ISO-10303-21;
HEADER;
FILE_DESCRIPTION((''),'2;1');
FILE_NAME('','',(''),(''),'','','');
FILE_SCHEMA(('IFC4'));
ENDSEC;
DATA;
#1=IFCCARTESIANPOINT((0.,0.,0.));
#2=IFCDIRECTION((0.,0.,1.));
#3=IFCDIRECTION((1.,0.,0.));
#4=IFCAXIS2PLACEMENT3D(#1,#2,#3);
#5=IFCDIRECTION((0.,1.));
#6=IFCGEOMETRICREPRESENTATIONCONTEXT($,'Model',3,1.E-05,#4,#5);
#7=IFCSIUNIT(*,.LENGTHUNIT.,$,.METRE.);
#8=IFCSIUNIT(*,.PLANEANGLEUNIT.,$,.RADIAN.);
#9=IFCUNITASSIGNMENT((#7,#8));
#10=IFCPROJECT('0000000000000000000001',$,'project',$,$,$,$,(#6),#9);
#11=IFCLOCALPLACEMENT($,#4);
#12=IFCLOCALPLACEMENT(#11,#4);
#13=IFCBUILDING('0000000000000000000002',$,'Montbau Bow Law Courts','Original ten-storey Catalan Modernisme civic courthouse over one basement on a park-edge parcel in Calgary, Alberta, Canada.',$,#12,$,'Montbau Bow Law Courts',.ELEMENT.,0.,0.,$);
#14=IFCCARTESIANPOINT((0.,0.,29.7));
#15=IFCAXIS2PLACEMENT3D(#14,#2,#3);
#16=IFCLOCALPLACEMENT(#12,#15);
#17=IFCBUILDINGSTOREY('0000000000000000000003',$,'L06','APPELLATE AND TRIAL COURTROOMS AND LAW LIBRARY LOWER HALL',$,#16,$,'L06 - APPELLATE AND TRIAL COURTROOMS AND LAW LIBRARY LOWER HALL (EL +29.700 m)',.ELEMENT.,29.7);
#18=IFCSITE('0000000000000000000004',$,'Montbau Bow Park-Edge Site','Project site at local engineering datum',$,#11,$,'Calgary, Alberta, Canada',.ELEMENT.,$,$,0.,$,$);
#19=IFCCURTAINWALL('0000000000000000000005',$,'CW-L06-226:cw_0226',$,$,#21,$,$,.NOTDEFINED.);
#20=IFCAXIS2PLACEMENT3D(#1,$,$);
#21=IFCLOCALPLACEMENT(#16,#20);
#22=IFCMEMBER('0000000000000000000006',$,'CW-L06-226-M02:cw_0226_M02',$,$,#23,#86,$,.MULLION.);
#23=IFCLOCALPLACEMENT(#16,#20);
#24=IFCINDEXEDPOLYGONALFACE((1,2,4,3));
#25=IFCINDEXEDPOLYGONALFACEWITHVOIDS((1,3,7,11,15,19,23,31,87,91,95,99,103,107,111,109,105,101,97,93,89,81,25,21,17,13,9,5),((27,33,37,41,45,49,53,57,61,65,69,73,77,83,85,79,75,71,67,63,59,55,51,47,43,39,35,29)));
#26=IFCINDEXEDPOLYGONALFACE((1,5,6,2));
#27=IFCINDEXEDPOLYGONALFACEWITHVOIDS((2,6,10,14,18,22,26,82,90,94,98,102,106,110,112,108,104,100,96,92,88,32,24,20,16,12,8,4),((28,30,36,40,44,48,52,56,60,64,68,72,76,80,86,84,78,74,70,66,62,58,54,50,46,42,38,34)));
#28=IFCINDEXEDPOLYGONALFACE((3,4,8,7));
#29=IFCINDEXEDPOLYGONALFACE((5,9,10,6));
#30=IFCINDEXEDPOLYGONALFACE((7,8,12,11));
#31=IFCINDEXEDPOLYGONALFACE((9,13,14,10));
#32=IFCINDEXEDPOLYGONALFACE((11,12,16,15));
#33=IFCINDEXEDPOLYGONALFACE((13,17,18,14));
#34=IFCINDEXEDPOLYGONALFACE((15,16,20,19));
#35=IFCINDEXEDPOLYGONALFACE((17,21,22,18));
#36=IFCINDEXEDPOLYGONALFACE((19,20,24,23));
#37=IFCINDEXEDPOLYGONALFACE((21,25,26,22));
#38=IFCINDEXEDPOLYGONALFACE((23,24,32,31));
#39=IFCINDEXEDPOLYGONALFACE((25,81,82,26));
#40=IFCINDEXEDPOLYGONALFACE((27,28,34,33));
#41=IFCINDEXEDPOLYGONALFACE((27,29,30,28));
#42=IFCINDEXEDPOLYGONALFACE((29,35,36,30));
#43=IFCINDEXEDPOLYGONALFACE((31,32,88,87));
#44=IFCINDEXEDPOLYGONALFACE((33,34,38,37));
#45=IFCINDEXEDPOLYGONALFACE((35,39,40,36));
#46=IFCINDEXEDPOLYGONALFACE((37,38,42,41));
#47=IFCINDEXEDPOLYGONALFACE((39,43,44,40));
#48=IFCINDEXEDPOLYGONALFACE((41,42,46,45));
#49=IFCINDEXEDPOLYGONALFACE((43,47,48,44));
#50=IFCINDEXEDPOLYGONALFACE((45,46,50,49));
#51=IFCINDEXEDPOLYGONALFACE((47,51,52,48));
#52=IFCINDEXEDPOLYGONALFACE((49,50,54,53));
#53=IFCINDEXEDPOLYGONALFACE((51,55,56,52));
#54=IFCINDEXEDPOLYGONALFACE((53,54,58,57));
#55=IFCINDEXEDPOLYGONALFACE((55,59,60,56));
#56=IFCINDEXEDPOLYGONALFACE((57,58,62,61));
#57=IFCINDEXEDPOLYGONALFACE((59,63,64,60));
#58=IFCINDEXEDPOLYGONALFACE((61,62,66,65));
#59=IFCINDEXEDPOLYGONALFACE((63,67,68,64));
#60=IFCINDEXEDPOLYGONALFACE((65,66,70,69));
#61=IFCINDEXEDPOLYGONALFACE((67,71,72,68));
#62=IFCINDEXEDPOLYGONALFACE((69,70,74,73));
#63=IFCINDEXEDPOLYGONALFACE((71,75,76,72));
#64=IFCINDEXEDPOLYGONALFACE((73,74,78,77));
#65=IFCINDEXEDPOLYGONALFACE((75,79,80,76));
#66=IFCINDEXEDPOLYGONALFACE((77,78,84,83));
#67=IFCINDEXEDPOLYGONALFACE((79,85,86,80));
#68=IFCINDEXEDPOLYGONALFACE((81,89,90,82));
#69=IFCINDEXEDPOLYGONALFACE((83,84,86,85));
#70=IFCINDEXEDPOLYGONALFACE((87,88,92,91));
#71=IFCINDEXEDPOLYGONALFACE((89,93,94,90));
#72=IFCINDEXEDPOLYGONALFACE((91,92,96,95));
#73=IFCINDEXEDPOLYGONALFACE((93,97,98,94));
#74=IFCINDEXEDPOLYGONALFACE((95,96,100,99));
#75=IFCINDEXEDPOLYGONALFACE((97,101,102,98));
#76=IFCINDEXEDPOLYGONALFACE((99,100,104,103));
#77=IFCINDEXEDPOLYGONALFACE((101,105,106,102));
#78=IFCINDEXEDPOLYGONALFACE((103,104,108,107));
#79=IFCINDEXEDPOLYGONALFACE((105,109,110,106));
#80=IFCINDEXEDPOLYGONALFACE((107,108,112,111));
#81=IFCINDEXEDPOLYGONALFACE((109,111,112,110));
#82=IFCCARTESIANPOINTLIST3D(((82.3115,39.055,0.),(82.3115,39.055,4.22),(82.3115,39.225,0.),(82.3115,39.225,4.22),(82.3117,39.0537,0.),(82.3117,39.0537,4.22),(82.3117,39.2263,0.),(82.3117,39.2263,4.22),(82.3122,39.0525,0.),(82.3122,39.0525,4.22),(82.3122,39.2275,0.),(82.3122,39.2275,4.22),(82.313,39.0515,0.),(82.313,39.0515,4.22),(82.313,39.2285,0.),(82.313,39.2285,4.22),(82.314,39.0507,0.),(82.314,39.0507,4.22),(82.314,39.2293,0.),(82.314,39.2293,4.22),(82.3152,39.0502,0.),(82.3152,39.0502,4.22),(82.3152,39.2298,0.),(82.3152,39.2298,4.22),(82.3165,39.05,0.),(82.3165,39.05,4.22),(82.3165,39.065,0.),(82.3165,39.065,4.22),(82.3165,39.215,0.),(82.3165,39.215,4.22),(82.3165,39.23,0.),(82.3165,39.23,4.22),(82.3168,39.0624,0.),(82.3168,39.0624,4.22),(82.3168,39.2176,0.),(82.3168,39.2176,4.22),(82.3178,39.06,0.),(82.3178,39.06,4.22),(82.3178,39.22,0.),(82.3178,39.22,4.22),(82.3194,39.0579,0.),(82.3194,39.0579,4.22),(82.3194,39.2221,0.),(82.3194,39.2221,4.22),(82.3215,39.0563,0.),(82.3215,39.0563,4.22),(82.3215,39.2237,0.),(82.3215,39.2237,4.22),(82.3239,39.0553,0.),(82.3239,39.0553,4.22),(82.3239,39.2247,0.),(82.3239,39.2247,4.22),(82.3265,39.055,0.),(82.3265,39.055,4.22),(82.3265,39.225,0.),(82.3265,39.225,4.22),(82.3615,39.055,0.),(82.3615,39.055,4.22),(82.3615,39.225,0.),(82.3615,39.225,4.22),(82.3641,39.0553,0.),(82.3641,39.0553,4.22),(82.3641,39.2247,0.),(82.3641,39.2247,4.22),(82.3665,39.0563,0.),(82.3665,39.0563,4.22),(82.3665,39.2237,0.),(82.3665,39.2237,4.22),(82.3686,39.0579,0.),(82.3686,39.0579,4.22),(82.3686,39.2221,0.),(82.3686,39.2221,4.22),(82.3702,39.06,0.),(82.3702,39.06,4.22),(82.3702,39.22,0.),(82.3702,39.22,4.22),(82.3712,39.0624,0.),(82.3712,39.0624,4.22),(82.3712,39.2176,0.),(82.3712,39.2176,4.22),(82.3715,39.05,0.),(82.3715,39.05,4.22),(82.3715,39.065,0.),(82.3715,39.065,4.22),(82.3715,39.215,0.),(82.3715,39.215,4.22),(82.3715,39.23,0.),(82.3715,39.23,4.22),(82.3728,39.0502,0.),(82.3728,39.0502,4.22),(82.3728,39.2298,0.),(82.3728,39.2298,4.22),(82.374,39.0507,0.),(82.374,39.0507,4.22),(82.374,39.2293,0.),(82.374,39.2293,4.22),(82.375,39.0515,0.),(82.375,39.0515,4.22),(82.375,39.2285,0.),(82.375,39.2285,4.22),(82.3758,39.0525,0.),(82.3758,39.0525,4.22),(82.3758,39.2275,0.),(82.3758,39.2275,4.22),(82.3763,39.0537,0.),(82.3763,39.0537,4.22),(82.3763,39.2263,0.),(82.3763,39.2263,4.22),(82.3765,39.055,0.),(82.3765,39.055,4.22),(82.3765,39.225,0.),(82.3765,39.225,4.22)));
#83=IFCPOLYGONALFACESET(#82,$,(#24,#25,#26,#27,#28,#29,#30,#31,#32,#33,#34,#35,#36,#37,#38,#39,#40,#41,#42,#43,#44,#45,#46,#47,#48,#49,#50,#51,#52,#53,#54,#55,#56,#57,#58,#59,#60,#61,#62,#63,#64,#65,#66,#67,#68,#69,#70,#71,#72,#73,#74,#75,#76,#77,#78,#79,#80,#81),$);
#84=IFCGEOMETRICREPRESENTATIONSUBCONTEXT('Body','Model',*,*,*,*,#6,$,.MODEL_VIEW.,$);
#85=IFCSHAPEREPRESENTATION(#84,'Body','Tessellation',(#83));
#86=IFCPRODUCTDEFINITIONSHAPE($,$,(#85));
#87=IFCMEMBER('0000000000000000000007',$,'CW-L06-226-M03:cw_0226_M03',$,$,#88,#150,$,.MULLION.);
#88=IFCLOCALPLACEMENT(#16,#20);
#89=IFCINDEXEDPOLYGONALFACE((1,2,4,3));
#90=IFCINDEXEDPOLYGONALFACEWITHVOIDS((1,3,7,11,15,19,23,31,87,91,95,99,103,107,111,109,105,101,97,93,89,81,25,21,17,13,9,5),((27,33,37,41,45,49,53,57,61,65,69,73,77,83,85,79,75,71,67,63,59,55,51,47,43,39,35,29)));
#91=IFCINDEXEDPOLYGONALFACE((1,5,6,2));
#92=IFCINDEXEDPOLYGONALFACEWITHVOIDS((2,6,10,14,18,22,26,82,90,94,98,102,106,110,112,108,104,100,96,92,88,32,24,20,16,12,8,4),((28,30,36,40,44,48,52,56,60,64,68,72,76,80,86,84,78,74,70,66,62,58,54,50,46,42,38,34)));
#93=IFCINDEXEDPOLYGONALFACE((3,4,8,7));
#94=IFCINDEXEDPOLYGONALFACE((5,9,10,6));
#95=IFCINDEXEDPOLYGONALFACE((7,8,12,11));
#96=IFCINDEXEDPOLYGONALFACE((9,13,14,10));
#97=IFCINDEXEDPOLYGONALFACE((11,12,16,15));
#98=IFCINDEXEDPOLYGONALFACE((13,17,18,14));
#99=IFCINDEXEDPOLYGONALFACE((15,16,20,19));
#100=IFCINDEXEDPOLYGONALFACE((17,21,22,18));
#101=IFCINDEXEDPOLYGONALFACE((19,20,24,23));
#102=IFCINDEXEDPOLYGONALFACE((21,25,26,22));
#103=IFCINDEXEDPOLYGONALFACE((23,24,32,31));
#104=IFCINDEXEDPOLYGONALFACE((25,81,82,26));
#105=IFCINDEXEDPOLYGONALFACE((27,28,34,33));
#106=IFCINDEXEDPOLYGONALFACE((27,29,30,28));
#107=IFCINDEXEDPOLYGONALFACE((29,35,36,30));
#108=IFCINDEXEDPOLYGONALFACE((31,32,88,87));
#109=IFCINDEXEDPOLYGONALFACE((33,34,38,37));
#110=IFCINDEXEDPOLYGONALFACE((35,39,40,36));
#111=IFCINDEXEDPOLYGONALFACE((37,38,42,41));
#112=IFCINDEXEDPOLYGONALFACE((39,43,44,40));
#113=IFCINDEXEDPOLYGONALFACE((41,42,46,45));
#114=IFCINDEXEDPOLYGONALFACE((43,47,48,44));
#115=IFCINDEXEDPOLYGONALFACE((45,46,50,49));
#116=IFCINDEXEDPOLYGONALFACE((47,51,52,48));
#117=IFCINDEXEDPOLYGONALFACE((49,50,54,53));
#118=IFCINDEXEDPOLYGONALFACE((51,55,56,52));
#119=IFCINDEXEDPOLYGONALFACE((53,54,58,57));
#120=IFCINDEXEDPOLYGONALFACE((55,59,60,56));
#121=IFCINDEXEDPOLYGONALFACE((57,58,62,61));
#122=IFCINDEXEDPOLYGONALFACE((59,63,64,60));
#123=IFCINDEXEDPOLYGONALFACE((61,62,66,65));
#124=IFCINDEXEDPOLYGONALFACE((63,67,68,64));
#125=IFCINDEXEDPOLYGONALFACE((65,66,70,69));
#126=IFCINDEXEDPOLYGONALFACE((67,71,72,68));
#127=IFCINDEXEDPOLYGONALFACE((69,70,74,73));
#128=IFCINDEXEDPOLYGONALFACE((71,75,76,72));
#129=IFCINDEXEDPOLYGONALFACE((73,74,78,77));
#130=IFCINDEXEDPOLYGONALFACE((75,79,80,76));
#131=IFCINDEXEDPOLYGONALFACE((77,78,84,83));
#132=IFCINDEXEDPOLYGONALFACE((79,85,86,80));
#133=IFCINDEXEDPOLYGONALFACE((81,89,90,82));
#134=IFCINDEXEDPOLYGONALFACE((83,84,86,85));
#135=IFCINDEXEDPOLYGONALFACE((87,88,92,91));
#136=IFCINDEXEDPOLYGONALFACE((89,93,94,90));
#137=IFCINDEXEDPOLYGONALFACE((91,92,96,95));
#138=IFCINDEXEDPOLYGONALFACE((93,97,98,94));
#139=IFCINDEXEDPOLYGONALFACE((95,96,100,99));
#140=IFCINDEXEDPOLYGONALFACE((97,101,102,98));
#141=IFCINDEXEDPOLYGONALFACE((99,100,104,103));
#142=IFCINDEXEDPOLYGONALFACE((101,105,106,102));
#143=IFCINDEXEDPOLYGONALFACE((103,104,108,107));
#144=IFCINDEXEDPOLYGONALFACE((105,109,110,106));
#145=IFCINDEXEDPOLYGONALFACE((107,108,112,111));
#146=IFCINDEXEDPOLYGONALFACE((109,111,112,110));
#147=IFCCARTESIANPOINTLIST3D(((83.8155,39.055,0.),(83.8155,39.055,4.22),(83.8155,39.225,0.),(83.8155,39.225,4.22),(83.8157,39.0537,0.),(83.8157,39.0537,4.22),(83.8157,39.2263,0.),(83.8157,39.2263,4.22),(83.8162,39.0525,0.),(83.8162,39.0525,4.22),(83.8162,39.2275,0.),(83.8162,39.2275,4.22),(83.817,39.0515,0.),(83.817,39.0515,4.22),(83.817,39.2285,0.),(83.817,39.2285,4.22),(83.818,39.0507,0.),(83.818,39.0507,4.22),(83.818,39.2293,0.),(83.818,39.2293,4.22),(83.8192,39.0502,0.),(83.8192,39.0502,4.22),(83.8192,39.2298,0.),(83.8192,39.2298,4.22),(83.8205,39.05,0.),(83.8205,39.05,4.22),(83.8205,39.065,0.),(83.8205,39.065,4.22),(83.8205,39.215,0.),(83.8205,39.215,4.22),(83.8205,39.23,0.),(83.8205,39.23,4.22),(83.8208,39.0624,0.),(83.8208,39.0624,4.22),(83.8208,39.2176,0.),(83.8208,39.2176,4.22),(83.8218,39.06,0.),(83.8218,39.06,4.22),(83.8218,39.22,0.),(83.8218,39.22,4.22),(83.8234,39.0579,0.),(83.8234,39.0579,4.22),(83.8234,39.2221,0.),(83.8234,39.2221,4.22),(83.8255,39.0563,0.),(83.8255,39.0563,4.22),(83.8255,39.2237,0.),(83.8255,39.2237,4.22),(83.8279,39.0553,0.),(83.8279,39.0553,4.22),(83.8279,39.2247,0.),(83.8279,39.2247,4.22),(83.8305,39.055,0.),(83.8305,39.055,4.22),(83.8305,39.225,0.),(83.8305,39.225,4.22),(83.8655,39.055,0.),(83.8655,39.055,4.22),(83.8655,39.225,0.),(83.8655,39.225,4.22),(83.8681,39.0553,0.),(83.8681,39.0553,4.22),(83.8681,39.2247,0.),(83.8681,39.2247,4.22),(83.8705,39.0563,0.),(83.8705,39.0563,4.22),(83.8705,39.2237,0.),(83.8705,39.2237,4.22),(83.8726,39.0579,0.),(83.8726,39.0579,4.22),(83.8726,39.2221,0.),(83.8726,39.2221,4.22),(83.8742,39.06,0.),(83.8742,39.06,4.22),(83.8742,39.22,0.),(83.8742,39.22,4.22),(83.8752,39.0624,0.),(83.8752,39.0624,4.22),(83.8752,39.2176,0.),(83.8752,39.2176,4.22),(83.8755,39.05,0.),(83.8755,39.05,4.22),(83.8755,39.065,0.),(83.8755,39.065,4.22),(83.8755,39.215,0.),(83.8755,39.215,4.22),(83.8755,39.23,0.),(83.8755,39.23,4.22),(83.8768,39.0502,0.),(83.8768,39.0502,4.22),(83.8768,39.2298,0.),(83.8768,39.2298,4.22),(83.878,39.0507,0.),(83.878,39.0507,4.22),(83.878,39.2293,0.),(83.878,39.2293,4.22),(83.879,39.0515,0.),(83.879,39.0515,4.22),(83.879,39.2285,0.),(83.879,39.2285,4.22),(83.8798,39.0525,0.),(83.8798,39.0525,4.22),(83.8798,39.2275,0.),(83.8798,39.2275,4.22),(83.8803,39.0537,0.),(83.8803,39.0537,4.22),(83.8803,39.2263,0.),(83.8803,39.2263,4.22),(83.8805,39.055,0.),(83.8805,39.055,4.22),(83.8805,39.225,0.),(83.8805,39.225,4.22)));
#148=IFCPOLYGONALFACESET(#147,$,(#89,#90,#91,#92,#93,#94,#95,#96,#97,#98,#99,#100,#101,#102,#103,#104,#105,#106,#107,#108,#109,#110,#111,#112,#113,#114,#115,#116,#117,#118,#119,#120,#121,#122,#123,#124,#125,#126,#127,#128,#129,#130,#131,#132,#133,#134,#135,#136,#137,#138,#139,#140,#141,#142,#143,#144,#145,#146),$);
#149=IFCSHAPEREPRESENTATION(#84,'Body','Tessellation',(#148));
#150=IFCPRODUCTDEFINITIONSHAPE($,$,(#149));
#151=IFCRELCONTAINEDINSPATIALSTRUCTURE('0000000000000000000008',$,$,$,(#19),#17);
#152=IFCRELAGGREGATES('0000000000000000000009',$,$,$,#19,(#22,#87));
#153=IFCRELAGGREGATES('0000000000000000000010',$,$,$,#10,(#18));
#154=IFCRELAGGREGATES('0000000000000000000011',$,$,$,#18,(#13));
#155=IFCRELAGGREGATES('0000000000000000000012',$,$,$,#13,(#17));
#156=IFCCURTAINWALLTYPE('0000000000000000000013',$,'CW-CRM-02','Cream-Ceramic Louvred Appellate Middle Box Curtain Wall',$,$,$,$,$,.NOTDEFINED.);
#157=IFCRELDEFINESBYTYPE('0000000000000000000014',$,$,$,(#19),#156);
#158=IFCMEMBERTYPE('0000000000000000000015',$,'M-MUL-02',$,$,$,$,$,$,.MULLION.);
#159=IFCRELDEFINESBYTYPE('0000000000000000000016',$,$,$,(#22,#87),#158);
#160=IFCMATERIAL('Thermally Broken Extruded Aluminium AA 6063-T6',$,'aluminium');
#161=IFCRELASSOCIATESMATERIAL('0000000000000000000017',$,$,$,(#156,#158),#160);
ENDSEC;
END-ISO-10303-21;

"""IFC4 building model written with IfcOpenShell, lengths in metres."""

from ifc_helpers import new_model, si_unit, direction, frame, origin_with_axes, origin_2d_with_axis, place, context, subcontext, project, spatial, hollow_rectangle, extrude, material, material_profile, profile_set, type_object, element, aggregate, save


model = new_model("IFC4")

# Units and contexts
model_context = context("Model", 3, precision=1e-05, world=origin_with_axes(), true_north=direction((0.0, 1.0)))
body_context = subcontext(model_context, "Body", "Model", "MODEL_VIEW")
ifc_project = project(units=[si_unit("LENGTHUNIT", "METRE"), si_unit("PLANEANGLEUNIT", "RADIAN")], contexts=[model_context])

# Site, building, storey
site_placement = place(None, origin_with_axes())
site = spatial("IfcSite", under=ifc_project, at=site_placement, Name="Montbau Bow Park-Edge Site", Description="Project site at local engineering datum", LongName="Calgary, Alberta, Canada", CompositionType="ELEMENT", RefElevation=0.0)
building_placement = place(site_placement, origin_with_axes())
building = spatial("IfcBuilding", under=site, at=building_placement, Name="Montbau Bow Law Courts", Description="Original ten-storey Catalan Modernisme civic courthouse over one basement on a park-edge parcel in Calgary, Alberta, Canada.", LongName="Montbau Bow Law Courts", CompositionType="ELEMENT", ElevationOfRefHeight=0.0, ElevationOfTerrain=0.0)
storey_placement = place(building_placement, frame((0.0, 0.0, 29.7), z_axis=(0.0, 0.0, 1.0), x_axis=(1.0, 0.0, 0.0)))
storey = spatial("IfcBuildingStorey", under=building, at=storey_placement, Name="L06", Description="APPELLATE AND TRIAL COURTROOMS AND LAW LIBRARY LOWER HALL", LongName="L06 - APPELLATE AND TRIAL COURTROOMS AND LAW LIBRARY LOWER HALL (EL +29.700 m)", CompositionType="ELEMENT", Elevation=29.7)

# Shared definitions
ifc_material_1 = material(Name="Thermally Broken Extruded Aluminium AA 6063-T6", Category="aluminium")
curtain_wall_type = type_object("IfcCurtainWallType", Name="CW-CRM-02", Description="Cream-Ceramic Louvred Appellate Middle Box Curtain Wall", PredefinedType="NOTDEFINED", material=ifc_material_1)

# Curtain wall, members
curtain_wall_1_placement = place(None, frame((80.84, 39.14, 29.7), z_axis=(0.0, 0.0, 1.0), x_axis=(1.0, 0.0, 0.0)))
curtain_wall_1 = element("IfcCurtainWall", 1, at=curtain_wall_1_placement, inside=storey, type_object=curtain_wall_type, Name="CW-L06-226:cw_0226", PredefinedType="NOTDEFINED")
ifc_material_profile_1 = material_profile(ifc_material_1, hollow_rectangle(XDim=0.065, YDim=0.18, WallThickness=0.005, InnerFilletRadius=0.01, OuterFilletRadius=0.005, at=origin_2d_with_axis()), Name="CWM-180X65", Category="Main", Priority=0)
ifc_profile_set_1 = profile_set([ifc_material_profile_1], Name="Thermally Broken Extruded Aluminium AA 6063-T6")
member_type_1 = type_object("IfcMemberType", Name="M-MUL-02", PredefinedType="MULLION", material=ifc_profile_set_1)
member_1_placement = place(None, frame((82.344, 39.14, 29.7), z_axis=(0.0, 0.0, 1.0), x_axis=(1.0, 0.0, 0.0)))
member_1 = element("IfcMember", 2, at=member_1_placement, type_object=member_type_1, Name="CW-L06-226-M02:cw_0226_M02", PredefinedType="MULLION", context=body_context, shape_type="SweptSolid", body=[
    extrude(hollow_rectangle(XDim=0.065, YDim=0.18, WallThickness=0.005, InnerFilletRadius=0.01, OuterFilletRadius=0.005, at=origin_2d_with_axis()), origin_with_axes(), (0.0, 0.0, 1.0), 4.22),
])
member_2_placement = place(None, frame((83.848, 39.14, 29.7), z_axis=(0.0, 0.0, 1.0), x_axis=(1.0, 0.0, 0.0)))
member_2 = element("IfcMember", 3, at=member_2_placement, type_object=member_type_1, Name="CW-L06-226-M03:cw_0226_M03", PredefinedType="MULLION", context=body_context, shape_type="SweptSolid", body=[
    extrude(hollow_rectangle(XDim=0.065, YDim=0.18, WallThickness=0.005, InnerFilletRadius=0.01, OuterFilletRadius=0.005, at=origin_2d_with_axis()), origin_with_axes(), (0.0, 0.0, 1.0), 4.22),
])

aggregate(curtain_wall_1, [member_1, member_2])

save(model, "model.ifc")
